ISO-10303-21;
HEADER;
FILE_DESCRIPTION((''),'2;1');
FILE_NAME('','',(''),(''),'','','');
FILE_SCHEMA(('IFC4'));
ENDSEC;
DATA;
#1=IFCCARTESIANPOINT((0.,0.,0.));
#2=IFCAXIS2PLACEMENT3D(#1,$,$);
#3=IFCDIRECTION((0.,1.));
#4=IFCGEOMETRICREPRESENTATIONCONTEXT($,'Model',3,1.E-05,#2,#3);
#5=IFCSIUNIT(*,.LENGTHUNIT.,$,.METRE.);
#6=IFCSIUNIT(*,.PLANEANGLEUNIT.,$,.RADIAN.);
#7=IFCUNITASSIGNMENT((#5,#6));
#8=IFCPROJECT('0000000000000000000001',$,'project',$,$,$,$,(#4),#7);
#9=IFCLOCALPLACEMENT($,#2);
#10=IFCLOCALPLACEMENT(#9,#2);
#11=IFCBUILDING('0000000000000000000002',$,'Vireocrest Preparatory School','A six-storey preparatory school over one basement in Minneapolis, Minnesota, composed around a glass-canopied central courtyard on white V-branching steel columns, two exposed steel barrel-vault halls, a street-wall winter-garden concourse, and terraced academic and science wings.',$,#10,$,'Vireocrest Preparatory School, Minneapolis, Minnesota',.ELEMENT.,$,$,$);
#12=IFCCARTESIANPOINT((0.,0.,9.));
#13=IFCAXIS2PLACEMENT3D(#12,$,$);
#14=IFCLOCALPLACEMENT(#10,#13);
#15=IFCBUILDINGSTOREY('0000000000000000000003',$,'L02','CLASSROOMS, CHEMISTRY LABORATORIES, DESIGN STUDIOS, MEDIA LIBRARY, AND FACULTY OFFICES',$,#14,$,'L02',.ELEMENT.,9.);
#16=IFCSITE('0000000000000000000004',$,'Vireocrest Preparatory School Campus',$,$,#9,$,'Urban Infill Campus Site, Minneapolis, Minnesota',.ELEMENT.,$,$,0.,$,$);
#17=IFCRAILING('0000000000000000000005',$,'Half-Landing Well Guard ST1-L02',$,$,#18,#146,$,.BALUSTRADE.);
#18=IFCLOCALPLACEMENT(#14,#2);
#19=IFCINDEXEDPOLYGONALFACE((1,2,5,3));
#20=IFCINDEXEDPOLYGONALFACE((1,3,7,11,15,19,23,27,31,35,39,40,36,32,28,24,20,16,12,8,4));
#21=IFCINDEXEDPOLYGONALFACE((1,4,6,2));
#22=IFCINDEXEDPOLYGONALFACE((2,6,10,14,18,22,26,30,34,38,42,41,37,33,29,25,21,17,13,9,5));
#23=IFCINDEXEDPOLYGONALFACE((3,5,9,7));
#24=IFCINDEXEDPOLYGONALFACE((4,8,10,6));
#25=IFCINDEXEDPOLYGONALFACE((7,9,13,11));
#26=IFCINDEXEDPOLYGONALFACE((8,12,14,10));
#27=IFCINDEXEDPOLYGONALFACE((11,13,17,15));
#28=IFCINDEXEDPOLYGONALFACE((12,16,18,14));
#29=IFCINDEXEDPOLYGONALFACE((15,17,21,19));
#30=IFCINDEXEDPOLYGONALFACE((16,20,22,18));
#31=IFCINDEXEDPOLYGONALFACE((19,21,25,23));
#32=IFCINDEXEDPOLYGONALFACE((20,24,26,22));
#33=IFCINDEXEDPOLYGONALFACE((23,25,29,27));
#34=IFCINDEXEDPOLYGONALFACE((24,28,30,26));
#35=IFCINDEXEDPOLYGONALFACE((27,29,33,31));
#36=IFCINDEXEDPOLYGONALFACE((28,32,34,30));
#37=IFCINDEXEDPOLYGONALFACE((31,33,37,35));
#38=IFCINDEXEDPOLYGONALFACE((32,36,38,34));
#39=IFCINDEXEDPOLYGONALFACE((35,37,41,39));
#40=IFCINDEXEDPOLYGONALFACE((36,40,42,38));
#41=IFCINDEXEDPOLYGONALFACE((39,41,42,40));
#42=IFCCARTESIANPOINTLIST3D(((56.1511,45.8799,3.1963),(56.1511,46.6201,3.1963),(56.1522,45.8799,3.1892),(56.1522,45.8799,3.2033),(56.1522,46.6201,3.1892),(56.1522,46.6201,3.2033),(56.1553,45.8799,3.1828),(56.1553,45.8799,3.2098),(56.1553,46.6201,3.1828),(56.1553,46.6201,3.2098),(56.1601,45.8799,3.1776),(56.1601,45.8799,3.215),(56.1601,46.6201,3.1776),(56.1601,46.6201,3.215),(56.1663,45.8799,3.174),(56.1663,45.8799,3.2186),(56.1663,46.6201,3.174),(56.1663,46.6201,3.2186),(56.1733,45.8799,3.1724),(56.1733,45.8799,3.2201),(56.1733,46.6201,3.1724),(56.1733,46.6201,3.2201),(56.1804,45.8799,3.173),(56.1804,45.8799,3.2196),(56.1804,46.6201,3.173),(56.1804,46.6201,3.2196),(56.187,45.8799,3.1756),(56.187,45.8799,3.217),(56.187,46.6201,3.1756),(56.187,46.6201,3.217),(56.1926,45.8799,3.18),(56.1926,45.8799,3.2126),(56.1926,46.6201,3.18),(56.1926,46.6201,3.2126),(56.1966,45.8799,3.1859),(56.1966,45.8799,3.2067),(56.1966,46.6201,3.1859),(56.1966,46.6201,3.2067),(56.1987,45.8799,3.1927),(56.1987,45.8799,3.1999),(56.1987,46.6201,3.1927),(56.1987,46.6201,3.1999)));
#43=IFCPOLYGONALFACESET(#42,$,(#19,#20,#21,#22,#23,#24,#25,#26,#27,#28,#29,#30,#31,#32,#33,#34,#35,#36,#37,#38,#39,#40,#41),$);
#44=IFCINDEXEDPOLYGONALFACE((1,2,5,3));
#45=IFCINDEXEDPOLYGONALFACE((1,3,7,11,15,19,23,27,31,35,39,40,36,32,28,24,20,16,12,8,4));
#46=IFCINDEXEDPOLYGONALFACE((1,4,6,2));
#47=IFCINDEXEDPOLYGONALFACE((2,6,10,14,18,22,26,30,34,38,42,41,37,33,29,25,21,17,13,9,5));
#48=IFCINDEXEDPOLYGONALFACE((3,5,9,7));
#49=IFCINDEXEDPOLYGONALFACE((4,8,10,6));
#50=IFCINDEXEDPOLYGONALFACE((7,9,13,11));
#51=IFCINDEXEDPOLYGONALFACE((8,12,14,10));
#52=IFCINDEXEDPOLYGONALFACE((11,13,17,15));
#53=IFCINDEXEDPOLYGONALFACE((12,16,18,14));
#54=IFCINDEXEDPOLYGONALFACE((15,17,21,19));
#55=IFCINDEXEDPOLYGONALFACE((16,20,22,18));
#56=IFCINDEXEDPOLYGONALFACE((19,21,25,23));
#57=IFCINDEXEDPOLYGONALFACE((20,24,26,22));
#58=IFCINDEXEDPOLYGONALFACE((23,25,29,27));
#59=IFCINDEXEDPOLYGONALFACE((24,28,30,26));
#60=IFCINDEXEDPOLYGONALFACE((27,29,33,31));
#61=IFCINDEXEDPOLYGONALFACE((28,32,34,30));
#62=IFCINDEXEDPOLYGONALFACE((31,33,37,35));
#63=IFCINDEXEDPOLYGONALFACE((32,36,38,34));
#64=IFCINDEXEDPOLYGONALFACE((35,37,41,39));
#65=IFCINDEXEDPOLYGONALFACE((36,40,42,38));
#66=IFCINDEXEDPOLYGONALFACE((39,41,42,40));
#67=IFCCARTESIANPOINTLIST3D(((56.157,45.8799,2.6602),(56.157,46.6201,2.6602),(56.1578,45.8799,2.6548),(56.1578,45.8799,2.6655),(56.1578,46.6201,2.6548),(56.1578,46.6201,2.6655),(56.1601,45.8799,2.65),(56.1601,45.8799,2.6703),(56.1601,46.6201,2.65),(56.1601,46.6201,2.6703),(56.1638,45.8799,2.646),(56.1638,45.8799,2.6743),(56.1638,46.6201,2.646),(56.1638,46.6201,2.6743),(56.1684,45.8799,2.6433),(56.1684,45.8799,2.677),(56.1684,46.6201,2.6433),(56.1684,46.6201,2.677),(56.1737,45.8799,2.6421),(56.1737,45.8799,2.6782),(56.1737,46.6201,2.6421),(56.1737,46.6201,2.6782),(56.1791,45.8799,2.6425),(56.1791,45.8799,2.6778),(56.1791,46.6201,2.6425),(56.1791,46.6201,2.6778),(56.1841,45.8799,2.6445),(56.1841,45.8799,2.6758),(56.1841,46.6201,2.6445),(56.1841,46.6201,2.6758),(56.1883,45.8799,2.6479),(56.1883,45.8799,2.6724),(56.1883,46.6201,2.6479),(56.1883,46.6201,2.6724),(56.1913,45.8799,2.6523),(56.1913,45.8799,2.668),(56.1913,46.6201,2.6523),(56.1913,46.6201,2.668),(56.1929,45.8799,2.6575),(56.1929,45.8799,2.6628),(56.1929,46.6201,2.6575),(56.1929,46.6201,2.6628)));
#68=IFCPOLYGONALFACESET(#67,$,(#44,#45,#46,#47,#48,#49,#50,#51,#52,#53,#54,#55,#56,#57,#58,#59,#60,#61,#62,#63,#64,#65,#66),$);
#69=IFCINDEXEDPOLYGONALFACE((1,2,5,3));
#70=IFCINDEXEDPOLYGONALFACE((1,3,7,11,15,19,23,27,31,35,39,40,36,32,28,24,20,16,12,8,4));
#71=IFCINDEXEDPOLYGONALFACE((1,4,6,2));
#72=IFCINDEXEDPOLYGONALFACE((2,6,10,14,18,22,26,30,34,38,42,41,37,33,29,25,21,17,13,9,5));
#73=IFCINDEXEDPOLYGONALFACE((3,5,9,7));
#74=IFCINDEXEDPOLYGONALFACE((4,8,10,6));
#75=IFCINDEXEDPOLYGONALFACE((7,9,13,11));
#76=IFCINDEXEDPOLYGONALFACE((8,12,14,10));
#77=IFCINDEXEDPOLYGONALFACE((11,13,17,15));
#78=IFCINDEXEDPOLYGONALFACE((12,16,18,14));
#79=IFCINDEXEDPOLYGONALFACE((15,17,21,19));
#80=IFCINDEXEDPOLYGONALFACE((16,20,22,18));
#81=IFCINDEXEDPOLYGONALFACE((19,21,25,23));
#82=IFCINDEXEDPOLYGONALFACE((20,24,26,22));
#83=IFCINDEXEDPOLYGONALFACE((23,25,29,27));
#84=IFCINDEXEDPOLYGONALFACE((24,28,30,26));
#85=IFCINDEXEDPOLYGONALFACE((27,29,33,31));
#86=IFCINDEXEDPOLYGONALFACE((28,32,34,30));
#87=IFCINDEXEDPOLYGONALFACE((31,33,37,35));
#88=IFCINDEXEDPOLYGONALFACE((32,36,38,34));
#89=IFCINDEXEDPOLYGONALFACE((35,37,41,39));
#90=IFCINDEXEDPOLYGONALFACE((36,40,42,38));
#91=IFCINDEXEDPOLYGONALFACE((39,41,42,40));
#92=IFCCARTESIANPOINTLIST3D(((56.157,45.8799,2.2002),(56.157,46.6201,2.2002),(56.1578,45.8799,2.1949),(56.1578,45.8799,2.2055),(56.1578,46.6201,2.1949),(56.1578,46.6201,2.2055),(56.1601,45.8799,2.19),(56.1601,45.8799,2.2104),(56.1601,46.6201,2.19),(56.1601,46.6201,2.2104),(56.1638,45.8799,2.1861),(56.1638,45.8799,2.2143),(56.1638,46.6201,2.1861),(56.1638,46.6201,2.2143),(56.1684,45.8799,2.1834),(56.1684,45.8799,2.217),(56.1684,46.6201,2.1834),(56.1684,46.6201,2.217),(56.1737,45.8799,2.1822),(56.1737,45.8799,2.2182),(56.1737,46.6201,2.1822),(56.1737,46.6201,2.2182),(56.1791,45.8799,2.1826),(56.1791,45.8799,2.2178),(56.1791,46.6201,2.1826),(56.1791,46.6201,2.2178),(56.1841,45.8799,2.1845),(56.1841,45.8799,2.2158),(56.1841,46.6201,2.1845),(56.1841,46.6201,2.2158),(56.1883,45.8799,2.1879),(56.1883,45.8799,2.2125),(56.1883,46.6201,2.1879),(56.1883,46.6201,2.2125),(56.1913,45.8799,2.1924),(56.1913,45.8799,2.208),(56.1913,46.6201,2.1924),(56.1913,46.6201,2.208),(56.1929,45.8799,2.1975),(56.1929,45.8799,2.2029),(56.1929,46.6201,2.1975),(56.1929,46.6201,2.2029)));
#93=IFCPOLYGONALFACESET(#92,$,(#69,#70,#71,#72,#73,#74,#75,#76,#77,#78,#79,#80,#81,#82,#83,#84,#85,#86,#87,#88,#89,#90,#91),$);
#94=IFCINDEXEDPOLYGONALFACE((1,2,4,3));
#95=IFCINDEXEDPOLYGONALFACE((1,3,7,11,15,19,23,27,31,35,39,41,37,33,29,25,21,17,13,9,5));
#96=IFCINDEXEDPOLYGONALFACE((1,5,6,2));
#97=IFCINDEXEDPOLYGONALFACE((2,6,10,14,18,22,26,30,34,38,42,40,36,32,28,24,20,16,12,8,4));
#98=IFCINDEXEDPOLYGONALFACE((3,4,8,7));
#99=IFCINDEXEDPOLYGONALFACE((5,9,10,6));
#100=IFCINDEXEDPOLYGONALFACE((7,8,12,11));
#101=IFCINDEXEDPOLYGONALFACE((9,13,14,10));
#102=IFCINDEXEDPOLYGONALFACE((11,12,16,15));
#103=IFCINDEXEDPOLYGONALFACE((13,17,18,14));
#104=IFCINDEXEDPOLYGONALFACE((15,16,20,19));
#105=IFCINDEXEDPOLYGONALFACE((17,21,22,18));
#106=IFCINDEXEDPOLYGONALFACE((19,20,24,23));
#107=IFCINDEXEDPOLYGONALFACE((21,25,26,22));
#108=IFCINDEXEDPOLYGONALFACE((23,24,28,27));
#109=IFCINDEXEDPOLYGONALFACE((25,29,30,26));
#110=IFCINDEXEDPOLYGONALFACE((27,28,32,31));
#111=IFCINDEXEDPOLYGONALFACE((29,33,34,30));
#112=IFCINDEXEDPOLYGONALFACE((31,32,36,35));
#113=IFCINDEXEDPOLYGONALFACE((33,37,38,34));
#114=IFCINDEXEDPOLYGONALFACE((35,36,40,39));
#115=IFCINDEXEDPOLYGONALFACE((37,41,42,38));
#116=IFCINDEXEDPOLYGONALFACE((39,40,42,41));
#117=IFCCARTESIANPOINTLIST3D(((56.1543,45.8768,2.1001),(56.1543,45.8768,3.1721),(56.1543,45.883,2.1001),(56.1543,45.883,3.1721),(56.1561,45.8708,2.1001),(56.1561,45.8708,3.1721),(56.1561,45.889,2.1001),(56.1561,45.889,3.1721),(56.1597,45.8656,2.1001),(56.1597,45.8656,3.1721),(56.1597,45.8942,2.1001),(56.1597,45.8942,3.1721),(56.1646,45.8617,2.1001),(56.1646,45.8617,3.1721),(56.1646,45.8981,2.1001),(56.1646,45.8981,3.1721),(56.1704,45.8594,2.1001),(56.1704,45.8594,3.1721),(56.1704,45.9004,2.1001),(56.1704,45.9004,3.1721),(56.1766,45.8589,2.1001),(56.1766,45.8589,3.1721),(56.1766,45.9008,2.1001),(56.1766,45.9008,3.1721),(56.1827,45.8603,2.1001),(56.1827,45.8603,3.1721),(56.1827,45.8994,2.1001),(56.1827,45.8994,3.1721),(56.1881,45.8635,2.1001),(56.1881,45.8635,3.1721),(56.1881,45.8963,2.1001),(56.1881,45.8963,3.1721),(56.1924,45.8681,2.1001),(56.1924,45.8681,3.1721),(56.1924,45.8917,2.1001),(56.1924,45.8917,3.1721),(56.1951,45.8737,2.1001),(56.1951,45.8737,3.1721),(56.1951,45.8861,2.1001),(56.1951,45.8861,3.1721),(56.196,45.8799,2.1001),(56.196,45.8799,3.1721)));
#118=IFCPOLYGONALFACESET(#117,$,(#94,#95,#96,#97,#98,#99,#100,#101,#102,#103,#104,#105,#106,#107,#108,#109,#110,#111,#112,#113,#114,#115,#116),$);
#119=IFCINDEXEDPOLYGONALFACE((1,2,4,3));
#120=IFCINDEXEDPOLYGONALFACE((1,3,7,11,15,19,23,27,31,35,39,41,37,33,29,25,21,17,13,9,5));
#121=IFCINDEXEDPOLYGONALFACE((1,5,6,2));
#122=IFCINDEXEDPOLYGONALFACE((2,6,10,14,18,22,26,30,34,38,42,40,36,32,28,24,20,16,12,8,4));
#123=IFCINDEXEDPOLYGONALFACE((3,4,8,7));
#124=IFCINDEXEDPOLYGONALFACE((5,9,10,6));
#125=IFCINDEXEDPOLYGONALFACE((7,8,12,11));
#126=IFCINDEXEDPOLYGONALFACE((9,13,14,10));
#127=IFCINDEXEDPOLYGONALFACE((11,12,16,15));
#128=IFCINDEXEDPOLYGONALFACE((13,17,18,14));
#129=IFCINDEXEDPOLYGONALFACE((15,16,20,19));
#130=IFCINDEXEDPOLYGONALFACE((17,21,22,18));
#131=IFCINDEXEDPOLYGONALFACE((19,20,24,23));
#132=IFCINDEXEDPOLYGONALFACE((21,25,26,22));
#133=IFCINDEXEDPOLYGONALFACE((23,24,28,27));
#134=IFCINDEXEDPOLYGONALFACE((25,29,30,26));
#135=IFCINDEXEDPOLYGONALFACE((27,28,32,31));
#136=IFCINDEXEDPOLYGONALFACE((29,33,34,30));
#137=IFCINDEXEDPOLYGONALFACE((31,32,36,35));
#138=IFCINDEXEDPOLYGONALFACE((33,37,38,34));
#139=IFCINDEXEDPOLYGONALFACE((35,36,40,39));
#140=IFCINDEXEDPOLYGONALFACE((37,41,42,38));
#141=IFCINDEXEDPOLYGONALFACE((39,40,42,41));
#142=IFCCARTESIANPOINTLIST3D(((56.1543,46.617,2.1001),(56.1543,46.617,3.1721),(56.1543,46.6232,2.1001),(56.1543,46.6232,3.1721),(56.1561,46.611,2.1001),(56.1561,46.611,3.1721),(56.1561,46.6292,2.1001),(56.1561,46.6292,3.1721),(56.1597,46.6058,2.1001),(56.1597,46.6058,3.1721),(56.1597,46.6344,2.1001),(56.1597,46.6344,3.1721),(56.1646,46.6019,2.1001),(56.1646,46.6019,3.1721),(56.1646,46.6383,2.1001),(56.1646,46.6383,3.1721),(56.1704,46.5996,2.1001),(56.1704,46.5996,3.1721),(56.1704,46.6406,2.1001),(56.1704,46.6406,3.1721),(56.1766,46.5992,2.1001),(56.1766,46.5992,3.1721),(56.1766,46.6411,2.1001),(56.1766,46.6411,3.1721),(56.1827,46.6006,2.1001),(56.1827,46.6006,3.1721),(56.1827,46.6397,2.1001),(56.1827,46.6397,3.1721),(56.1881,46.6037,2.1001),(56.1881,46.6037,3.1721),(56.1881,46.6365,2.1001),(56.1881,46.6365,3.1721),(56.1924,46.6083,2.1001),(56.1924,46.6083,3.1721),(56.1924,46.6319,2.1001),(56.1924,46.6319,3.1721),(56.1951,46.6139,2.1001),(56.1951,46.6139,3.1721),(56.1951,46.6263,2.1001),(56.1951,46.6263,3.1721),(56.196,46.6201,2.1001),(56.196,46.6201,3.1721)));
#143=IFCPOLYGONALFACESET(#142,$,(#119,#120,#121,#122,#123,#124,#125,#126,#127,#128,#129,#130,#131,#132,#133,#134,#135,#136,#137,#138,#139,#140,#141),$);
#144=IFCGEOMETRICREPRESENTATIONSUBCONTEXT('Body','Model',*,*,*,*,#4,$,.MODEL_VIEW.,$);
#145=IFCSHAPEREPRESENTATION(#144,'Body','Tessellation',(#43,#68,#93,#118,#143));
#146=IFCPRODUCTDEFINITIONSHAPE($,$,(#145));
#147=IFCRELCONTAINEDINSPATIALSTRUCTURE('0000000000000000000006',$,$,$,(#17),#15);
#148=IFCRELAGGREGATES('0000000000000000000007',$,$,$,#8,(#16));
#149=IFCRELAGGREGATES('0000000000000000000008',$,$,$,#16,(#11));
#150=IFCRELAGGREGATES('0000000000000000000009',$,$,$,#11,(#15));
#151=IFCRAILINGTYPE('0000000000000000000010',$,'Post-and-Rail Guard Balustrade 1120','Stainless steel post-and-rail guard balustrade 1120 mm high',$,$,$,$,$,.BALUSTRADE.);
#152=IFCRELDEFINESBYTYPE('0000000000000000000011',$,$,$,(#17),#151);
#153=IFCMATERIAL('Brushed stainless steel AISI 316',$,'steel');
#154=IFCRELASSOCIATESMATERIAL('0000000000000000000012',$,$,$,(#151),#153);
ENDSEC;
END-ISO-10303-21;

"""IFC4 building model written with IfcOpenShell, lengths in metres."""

from ifc_helpers import new_model, si_unit, direction, frame, origin, origin_2d, place, context, subcontext, project, spatial, circle, extrude, material, type_object, element, save


model = new_model("IFC4")

# Units and contexts
model_context = context("Model", 3, precision=1e-05, world=origin(), true_north=direction((0.0, 1.0)))
body_context = subcontext(model_context, "Body", "Model", "MODEL_VIEW")
ifc_project = project(units=[si_unit("LENGTHUNIT", "METRE"), si_unit("PLANEANGLEUNIT", "RADIAN")], contexts=[model_context])

# Site, building, storey
site_placement = place(None, origin())
site = spatial("IfcSite", under=ifc_project, at=site_placement, Name="Vireocrest Preparatory School Campus", LongName="Urban Infill Campus Site, Minneapolis, Minnesota", CompositionType="ELEMENT", RefElevation=0.0)
building_placement = place(site_placement, origin())
building = spatial("IfcBuilding", under=site, at=building_placement, Name="Vireocrest Preparatory School", Description="A six-storey preparatory school over one basement in Minneapolis, Minnesota, composed around a glass-canopied central courtyard on white V-branching steel columns, two exposed steel barrel-vault halls, a street-wall winter-garden concourse, and terraced academic and science wings.", LongName="Vireocrest Preparatory School, Minneapolis, Minnesota", CompositionType="ELEMENT")
storey_placement = place(building_placement, frame((0.0, 0.0, 9.0)))
storey = spatial("IfcBuildingStorey", under=building, at=storey_placement, Name="L02", Description="CLASSROOMS, CHEMISTRY LABORATORIES, DESIGN STUDIOS, MEDIA LIBRARY, AND FACULTY OFFICES", LongName="L02", CompositionType="ELEMENT", Elevation=9.0)

# Railing
ifc_material_1 = material(Name="Brushed stainless steel AISI 316", Category="steel")
railing_type_1 = type_object("IfcRailingType", Name="Post-and-Rail Guard Balustrade 1120", Description="Stainless steel post-and-rail guard balustrade 1120 mm high", PredefinedType="BALUSTRADE", material=ifc_material_1)
railing_1_placement = place(storey_placement, frame((56.175, 45.8799, 2.1001)))
element("IfcRailing", 1, at=railing_1_placement, inside=storey, type_object=railing_type_1, Name="Half-Landing Well Guard ST1-L02", PredefinedType="BALUSTRADE", context=body_context, shape_type="SweptSolid", body=[
    extrude(circle(Radius=0.0239, at=origin_2d()), frame((0.0, 0.0, 1.0962), z_axis=(0.0, 1.0, 0.0), x_axis=(-1.0, 0.0, 0.0)), (0.0, 0.0, 1.0), 0.7402),
    extrude(circle(Radius=0.0181, at=origin_2d()), frame((0.0, 0.0, 0.5601), z_axis=(0.0, 1.0, 0.0), x_axis=(-1.0, 0.0, 0.0)), (0.0, 0.0, 1.0), 0.7402),
    extrude(circle(Radius=0.0181, at=origin_2d()), frame((0.0, 0.0, 0.1001), z_axis=(0.0, 1.0, 0.0), x_axis=(-1.0, 0.0, 0.0)), (0.0, 0.0, 1.0), 0.7402),
    extrude(circle(Radius=0.021, at=origin_2d()), origin(), (0.0, 0.0, 1.0), 1.072),
    extrude(circle(Radius=0.021, at=origin_2d()), frame((0.0, 0.7402, 0.0)), (0.0, 0.0, 1.0), 1.072),
])

save(model, "model.ifc")
